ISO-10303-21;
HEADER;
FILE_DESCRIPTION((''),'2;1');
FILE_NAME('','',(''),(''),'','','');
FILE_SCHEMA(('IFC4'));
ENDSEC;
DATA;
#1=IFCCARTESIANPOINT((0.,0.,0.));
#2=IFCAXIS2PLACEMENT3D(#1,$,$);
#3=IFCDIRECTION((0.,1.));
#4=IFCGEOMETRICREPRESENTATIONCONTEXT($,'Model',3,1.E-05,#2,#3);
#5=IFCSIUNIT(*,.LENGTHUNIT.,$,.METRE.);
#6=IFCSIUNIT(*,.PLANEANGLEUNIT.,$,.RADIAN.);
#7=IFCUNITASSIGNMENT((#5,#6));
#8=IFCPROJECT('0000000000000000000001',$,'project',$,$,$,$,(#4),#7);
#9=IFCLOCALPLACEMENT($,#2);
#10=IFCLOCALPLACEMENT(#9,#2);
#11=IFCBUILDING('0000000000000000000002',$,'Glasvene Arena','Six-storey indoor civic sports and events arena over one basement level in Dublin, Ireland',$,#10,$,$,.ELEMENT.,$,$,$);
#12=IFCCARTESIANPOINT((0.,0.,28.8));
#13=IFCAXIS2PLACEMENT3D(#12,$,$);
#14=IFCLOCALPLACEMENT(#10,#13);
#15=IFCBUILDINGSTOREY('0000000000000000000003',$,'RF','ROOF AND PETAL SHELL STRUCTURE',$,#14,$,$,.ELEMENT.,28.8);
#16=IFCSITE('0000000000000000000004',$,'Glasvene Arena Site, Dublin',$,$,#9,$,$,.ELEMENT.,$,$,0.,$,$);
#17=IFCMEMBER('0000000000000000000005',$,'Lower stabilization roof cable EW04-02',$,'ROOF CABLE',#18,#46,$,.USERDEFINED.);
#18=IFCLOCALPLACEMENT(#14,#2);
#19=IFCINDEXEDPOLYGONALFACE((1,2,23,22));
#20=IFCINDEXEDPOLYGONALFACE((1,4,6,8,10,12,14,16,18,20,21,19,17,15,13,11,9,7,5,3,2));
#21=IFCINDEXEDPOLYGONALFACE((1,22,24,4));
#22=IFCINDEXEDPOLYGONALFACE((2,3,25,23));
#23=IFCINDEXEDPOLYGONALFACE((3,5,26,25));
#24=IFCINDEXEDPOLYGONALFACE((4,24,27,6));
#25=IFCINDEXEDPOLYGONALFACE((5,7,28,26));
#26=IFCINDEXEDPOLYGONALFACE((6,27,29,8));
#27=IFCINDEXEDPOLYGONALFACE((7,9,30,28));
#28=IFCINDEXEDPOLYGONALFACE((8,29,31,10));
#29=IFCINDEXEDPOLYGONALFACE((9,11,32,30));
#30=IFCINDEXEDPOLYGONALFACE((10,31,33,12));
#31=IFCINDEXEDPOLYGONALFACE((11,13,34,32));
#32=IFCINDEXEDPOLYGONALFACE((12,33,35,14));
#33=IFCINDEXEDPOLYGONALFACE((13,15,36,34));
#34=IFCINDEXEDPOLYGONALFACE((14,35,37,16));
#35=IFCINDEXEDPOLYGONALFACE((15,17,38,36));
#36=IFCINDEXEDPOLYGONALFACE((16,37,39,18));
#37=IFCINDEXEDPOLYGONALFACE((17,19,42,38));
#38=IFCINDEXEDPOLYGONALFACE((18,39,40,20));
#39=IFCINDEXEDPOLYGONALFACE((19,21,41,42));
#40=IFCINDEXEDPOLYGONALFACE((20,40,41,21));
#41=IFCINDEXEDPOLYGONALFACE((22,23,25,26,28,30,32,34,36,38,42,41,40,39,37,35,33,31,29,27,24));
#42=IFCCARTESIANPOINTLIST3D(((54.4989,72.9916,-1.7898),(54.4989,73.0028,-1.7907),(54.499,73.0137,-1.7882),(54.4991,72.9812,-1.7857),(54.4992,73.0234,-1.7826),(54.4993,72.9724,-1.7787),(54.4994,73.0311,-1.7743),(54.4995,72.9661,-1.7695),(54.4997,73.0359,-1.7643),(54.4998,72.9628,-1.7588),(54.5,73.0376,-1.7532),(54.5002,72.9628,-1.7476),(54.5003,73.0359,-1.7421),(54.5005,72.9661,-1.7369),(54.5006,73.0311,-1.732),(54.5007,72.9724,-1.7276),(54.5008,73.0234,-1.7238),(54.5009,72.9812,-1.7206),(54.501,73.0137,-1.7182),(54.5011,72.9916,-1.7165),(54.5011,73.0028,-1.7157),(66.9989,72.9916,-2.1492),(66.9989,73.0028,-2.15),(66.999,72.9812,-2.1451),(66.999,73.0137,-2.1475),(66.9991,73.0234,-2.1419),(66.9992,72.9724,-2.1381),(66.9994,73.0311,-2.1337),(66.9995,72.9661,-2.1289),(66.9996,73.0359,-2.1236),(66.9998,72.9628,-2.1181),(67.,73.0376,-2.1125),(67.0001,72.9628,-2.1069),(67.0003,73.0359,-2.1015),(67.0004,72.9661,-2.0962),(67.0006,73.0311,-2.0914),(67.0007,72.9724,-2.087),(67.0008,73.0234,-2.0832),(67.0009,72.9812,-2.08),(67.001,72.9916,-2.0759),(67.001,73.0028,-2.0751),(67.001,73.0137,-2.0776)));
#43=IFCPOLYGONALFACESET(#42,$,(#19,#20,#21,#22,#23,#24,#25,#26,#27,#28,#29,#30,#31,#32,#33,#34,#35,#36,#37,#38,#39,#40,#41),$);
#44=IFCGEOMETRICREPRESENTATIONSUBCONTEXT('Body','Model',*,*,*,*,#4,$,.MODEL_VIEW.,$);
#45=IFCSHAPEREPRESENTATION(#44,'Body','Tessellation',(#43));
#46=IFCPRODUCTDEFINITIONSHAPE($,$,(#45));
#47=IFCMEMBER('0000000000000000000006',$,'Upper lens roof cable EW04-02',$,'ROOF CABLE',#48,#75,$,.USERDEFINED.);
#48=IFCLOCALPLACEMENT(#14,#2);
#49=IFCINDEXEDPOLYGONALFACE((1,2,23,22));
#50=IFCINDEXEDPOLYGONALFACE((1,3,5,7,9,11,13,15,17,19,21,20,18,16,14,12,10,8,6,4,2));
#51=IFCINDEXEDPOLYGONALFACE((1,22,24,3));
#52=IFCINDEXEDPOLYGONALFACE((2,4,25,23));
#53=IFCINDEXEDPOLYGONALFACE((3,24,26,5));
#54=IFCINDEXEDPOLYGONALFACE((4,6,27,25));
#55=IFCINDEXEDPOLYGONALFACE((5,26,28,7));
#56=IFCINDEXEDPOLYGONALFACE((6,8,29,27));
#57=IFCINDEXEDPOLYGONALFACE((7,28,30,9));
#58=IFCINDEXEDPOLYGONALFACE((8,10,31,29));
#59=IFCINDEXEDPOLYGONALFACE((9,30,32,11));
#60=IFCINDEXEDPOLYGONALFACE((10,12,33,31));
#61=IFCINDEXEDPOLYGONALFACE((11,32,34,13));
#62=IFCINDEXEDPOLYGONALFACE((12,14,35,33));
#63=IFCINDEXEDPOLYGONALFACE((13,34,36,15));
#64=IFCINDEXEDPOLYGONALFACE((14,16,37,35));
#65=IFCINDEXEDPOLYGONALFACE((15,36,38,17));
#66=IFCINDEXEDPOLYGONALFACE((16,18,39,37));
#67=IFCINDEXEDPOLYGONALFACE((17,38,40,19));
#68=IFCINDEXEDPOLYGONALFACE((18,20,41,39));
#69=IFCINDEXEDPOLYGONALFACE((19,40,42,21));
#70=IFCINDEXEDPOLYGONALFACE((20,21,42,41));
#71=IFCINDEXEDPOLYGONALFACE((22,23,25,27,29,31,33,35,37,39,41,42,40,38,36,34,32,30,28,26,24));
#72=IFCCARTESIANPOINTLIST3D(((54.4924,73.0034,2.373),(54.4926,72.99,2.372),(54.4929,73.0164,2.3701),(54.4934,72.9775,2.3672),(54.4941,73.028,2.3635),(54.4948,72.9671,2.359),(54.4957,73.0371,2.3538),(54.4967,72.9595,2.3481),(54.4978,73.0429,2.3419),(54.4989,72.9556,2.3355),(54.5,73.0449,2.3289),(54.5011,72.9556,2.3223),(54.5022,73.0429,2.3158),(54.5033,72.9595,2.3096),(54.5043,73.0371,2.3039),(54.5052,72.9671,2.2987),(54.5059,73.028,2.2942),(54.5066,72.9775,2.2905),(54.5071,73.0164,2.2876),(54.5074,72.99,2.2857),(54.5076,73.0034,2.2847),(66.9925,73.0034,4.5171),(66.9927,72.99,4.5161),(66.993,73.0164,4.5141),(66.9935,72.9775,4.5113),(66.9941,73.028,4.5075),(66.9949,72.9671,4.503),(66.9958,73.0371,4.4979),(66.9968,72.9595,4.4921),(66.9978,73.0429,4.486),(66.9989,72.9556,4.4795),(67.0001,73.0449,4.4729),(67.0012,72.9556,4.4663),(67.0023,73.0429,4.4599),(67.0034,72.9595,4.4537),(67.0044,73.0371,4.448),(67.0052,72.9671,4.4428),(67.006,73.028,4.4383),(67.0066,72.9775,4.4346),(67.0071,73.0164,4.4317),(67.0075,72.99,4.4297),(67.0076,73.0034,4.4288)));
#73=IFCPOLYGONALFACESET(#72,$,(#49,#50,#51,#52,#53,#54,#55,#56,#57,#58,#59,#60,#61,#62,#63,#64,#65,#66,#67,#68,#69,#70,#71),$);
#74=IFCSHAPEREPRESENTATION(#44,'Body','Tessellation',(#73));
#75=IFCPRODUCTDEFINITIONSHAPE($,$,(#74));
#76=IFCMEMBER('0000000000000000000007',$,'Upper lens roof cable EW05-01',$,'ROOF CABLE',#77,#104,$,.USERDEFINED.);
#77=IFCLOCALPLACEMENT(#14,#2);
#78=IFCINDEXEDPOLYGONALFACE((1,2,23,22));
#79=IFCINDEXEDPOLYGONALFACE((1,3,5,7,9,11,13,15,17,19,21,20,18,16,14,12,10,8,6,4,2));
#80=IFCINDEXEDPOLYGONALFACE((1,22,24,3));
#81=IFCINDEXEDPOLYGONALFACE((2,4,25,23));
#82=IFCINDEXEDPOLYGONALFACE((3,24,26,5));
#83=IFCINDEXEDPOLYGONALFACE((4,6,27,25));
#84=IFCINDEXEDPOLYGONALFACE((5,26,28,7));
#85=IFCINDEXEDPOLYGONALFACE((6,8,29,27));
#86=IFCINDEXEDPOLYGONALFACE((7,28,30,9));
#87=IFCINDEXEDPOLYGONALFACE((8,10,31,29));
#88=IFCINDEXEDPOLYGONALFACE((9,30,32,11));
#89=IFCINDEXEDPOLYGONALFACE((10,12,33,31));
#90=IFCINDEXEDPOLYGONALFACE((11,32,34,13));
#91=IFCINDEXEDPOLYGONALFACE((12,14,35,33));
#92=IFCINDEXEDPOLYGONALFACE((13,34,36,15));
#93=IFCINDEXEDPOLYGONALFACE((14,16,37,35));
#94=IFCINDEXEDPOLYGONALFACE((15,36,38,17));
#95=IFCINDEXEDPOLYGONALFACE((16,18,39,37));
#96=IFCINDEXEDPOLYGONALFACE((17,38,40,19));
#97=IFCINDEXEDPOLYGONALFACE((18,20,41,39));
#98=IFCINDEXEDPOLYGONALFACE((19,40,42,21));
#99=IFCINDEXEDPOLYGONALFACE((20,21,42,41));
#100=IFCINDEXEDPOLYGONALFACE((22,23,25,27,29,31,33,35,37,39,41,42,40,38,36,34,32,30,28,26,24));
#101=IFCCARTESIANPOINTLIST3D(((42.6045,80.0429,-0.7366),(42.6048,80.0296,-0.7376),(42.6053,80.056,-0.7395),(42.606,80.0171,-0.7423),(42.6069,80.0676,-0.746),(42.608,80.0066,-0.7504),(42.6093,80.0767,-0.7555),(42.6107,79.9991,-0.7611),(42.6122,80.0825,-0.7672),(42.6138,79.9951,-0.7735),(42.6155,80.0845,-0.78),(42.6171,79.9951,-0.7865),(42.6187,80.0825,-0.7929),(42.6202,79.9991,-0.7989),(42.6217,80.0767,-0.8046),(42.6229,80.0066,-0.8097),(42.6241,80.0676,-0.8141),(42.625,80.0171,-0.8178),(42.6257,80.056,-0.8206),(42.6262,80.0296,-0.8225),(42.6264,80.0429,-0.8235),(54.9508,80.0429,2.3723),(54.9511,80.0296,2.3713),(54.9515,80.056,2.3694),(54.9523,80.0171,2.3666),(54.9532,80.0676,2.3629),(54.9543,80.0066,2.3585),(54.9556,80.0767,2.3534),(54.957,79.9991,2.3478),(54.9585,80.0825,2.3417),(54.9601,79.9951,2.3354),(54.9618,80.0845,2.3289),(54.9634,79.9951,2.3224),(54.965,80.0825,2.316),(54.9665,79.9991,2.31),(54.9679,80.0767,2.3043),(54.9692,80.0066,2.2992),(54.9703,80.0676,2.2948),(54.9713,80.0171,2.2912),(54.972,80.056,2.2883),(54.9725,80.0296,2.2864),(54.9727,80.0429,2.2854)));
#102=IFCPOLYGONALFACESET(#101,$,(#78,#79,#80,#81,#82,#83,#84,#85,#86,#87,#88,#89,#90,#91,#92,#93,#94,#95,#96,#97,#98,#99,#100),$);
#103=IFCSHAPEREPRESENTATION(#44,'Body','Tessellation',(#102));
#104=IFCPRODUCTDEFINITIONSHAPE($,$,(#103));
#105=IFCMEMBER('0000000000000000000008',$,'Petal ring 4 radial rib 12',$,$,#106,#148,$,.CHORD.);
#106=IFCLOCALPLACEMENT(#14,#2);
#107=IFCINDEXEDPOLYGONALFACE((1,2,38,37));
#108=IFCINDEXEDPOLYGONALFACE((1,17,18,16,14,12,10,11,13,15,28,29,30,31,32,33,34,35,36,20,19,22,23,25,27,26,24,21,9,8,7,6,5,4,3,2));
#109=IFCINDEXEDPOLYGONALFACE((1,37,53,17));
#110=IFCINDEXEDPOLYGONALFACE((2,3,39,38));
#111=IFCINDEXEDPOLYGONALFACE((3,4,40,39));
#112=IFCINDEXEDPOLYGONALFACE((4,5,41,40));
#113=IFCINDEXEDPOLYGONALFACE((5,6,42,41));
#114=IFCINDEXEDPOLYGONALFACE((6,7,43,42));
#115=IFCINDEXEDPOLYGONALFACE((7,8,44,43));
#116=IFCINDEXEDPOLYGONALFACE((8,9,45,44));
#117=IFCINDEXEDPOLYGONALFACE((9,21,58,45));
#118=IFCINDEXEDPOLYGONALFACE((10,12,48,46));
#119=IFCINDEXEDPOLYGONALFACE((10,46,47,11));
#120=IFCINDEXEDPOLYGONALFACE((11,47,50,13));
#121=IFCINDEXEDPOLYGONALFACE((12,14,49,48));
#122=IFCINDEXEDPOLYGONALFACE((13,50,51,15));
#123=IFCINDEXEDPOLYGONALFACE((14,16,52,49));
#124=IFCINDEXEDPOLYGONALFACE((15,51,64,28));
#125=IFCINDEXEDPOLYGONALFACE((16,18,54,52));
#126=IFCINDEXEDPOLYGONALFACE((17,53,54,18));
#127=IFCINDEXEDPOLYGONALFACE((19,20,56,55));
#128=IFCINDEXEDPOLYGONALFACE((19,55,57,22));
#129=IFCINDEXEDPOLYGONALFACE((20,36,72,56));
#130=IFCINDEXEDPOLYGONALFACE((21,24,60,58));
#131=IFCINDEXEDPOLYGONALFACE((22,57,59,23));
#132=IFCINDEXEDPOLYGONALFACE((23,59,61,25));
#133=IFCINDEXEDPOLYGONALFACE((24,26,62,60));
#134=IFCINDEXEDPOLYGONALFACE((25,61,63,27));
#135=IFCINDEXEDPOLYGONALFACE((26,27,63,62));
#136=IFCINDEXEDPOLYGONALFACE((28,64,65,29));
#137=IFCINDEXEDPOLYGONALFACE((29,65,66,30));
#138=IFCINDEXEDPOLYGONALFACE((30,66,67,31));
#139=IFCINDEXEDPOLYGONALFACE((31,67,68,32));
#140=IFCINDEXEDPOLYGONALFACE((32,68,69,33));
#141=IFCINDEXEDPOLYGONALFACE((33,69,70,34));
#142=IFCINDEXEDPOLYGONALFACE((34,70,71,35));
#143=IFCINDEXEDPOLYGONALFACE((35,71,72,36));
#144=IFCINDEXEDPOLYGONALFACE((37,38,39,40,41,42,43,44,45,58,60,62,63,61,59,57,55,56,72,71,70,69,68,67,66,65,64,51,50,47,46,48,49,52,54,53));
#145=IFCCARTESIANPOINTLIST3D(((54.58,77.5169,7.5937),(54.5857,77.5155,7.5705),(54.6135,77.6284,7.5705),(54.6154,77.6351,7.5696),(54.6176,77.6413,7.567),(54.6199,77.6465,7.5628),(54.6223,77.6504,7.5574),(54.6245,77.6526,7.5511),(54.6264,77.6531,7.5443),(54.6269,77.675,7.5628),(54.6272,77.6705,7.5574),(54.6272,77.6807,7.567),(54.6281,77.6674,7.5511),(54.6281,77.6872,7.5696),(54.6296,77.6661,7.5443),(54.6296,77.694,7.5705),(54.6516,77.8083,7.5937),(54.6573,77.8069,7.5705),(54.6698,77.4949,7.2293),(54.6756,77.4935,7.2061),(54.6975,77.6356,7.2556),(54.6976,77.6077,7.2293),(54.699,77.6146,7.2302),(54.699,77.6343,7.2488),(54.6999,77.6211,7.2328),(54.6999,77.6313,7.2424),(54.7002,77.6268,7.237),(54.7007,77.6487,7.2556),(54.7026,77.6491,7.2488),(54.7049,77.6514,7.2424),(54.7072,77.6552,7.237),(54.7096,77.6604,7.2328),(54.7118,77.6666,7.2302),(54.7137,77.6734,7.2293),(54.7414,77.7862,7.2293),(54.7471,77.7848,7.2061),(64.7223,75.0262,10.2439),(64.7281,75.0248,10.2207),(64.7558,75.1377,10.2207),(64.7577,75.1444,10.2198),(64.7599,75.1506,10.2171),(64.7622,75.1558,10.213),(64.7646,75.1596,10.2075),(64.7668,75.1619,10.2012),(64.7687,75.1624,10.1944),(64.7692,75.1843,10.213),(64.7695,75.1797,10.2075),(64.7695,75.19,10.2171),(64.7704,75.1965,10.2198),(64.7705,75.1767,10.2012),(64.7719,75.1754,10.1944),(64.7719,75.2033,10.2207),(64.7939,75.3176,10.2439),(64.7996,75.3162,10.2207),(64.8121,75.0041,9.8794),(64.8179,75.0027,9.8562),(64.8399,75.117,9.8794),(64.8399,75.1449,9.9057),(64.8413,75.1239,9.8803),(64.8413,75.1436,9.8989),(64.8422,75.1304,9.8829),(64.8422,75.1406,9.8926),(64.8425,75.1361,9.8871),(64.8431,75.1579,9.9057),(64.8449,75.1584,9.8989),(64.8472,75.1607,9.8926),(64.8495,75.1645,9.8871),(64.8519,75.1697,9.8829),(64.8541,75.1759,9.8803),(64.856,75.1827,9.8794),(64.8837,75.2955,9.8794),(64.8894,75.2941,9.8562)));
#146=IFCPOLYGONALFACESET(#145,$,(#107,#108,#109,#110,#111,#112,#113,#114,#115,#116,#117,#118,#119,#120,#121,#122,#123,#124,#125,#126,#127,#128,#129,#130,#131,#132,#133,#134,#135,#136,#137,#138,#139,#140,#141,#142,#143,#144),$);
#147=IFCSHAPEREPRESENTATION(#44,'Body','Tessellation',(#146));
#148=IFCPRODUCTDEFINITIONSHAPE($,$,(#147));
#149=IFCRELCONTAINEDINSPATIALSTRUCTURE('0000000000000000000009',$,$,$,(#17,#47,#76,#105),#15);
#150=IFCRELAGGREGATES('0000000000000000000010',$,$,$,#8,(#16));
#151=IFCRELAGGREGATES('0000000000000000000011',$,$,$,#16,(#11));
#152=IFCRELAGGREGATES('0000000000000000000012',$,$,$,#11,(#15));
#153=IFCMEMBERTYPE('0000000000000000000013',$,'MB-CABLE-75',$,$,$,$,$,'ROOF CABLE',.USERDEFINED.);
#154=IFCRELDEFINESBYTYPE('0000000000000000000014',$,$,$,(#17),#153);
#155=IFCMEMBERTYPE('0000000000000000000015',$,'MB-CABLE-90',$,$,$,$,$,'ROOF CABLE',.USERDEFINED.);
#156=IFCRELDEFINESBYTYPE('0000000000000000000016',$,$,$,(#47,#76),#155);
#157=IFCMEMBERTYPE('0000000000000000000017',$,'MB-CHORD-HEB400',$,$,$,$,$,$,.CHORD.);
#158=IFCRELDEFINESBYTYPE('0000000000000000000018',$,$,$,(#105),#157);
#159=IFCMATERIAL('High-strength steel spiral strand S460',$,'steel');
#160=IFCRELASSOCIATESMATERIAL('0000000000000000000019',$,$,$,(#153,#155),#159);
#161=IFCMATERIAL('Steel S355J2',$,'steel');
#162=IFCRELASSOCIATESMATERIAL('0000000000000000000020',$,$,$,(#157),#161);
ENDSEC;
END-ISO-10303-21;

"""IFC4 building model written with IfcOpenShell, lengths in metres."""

from ifc_helpers import new_model, si_unit, direction, frame, origin, origin_2d, place, context, subcontext, project, spatial, circle, i_section, extrude, material, material_profile, profile_set, type_object, element, save


model = new_model("IFC4")

# Units and contexts
model_context = context("Model", 3, precision=1e-05, world=origin(), true_north=direction((0.0, 1.0)))
body_context = subcontext(model_context, "Body", "Model", "MODEL_VIEW")
ifc_project = project(units=[si_unit("LENGTHUNIT", "METRE"), si_unit("PLANEANGLEUNIT", "RADIAN")], contexts=[model_context])

# Site, building, storey
site_placement = place(None, origin())
site = spatial("IfcSite", under=ifc_project, at=site_placement, Name="Glasvene Arena Site, Dublin", CompositionType="ELEMENT", RefElevation=0.0)
building_placement = place(site_placement, origin())
building = spatial("IfcBuilding", under=site, at=building_placement, Name="Glasvene Arena", Description="Six-storey indoor civic sports and events arena over one basement level in Dublin, Ireland", CompositionType="ELEMENT")
storey_placement = place(building_placement, frame((0.0, 0.0, 28.8)))
storey = spatial("IfcBuildingStorey", under=building, at=storey_placement, Name="RF", Description="ROOF AND PETAL SHELL STRUCTURE", CompositionType="ELEMENT", Elevation=28.8)

# Shared definitions
ifc_material_1 = material(Name="Steel S355J2", Category="steel")

# Members
ifc_material_2 = material(Name="High-strength steel spiral strand S460", Category="steel")
ifc_material_profile_1 = material_profile(ifc_material_2, circle(Radius=0.0376, at=origin_2d()), Name="LCSS D75")
ifc_profile_set_1 = profile_set([ifc_material_profile_1], Name="High-strength steel spiral strand S460")
member_type_1 = type_object("IfcMemberType", Name="MB-CABLE-75", ElementType="ROOF CABLE", PredefinedType="USERDEFINED", material=ifc_profile_set_1)
member_1_placement = place(storey_placement, frame((54.5, 73.0, -1.7532), z_axis=(0.999587, 0.0, -0.028738), x_axis=(0.0, 1.0, 0.0)))
element("IfcMember", 1, at=member_1_placement, inside=storey, type_object=member_type_1, Name="Lower stabilization roof cable EW04-02", ObjectType="ROOF CABLE", PredefinedType="USERDEFINED", context=body_context, shape_type="SweptSolid", body=[
    extrude(circle(Radius=0.0376, at=origin_2d()), origin(), (0.0, 0.0, 1.0), 12.5051),
])
ifc_material_profile_2 = material_profile(ifc_material_2, circle(Radius=0.0449, at=origin_2d()), Name="LCSS D90")
ifc_profile_set_2 = profile_set([ifc_material_profile_2], Name="High-strength steel spiral strand S460")
member_type_2 = type_object("IfcMemberType", Name="MB-CABLE-90", ElementType="ROOF CABLE", PredefinedType="USERDEFINED", material=ifc_profile_set_2)
member_2_placement = place(storey_placement, frame((54.5, 73.0, 2.3289), z_axis=(0.985607, 0.0, 0.169055), x_axis=(0.0, 1.0, 0.0)))
element("IfcMember", 2, at=member_2_placement, inside=storey, type_object=member_type_2, Name="Upper lens roof cable EW04-02", ObjectType="ROOF CABLE", PredefinedType="USERDEFINED", context=body_context, shape_type="SweptSolid", body=[
    extrude(circle(Radius=0.0449, at=origin_2d()), origin(), (0.0, 0.0, 1.0), 12.6826),
])
member_3_placement = place(storey_placement, frame((42.6155, 80.0396, -0.78), z_axis=(0.969728, 0.0, 0.244187), x_axis=(0.0, 1.0, 0.0)))
element("IfcMember", 3, at=member_3_placement, inside=storey, type_object=member_type_2, Name="Upper lens roof cable EW05-01", ObjectType="ROOF CABLE", PredefinedType="USERDEFINED", context=body_context, shape_type="SweptSolid", body=[
    extrude(circle(Radius=0.0449, at=origin_2d()), origin(), (0.0, 0.0, 1.0), 12.7317),
])
ifc_material_profile_3 = material_profile(ifc_material_1, i_section(OverallWidth=0.3, OverallDepth=0.3999, WebThickness=0.0134, FlangeThickness=0.0239, FilletRadius=0.0271, at=origin_2d()), Name="HEB 400")
ifc_profile_set_3 = profile_set([ifc_material_profile_3], Name="Steel S355J2")
member_type_3 = type_object("IfcMemberType", Name="MB-CHORD-HEB400", PredefinedType="CHORD", material=ifc_profile_set_3)
member_4_placement = place(storey_placement, frame((54.6636, 77.6509, 7.3999), z_axis=(0.941311, -0.231164, 0.24596), x_axis=(0.238491, 0.971145, 0.0)))
element("IfcMember", 4, at=member_4_placement, inside=storey, type_object=member_type_3, Name="Petal ring 4 radial rib 12", PredefinedType="CHORD", context=body_context, shape_type="SweptSolid", body=[
    extrude(i_section(OverallWidth=0.3, OverallDepth=0.3999, WebThickness=0.0134, FlangeThickness=0.0239, FilletRadius=0.0271, at=origin_2d()), origin(), (0.0, 0.0, 1.0), 10.7747),
])

save(model, "model.ifc")
